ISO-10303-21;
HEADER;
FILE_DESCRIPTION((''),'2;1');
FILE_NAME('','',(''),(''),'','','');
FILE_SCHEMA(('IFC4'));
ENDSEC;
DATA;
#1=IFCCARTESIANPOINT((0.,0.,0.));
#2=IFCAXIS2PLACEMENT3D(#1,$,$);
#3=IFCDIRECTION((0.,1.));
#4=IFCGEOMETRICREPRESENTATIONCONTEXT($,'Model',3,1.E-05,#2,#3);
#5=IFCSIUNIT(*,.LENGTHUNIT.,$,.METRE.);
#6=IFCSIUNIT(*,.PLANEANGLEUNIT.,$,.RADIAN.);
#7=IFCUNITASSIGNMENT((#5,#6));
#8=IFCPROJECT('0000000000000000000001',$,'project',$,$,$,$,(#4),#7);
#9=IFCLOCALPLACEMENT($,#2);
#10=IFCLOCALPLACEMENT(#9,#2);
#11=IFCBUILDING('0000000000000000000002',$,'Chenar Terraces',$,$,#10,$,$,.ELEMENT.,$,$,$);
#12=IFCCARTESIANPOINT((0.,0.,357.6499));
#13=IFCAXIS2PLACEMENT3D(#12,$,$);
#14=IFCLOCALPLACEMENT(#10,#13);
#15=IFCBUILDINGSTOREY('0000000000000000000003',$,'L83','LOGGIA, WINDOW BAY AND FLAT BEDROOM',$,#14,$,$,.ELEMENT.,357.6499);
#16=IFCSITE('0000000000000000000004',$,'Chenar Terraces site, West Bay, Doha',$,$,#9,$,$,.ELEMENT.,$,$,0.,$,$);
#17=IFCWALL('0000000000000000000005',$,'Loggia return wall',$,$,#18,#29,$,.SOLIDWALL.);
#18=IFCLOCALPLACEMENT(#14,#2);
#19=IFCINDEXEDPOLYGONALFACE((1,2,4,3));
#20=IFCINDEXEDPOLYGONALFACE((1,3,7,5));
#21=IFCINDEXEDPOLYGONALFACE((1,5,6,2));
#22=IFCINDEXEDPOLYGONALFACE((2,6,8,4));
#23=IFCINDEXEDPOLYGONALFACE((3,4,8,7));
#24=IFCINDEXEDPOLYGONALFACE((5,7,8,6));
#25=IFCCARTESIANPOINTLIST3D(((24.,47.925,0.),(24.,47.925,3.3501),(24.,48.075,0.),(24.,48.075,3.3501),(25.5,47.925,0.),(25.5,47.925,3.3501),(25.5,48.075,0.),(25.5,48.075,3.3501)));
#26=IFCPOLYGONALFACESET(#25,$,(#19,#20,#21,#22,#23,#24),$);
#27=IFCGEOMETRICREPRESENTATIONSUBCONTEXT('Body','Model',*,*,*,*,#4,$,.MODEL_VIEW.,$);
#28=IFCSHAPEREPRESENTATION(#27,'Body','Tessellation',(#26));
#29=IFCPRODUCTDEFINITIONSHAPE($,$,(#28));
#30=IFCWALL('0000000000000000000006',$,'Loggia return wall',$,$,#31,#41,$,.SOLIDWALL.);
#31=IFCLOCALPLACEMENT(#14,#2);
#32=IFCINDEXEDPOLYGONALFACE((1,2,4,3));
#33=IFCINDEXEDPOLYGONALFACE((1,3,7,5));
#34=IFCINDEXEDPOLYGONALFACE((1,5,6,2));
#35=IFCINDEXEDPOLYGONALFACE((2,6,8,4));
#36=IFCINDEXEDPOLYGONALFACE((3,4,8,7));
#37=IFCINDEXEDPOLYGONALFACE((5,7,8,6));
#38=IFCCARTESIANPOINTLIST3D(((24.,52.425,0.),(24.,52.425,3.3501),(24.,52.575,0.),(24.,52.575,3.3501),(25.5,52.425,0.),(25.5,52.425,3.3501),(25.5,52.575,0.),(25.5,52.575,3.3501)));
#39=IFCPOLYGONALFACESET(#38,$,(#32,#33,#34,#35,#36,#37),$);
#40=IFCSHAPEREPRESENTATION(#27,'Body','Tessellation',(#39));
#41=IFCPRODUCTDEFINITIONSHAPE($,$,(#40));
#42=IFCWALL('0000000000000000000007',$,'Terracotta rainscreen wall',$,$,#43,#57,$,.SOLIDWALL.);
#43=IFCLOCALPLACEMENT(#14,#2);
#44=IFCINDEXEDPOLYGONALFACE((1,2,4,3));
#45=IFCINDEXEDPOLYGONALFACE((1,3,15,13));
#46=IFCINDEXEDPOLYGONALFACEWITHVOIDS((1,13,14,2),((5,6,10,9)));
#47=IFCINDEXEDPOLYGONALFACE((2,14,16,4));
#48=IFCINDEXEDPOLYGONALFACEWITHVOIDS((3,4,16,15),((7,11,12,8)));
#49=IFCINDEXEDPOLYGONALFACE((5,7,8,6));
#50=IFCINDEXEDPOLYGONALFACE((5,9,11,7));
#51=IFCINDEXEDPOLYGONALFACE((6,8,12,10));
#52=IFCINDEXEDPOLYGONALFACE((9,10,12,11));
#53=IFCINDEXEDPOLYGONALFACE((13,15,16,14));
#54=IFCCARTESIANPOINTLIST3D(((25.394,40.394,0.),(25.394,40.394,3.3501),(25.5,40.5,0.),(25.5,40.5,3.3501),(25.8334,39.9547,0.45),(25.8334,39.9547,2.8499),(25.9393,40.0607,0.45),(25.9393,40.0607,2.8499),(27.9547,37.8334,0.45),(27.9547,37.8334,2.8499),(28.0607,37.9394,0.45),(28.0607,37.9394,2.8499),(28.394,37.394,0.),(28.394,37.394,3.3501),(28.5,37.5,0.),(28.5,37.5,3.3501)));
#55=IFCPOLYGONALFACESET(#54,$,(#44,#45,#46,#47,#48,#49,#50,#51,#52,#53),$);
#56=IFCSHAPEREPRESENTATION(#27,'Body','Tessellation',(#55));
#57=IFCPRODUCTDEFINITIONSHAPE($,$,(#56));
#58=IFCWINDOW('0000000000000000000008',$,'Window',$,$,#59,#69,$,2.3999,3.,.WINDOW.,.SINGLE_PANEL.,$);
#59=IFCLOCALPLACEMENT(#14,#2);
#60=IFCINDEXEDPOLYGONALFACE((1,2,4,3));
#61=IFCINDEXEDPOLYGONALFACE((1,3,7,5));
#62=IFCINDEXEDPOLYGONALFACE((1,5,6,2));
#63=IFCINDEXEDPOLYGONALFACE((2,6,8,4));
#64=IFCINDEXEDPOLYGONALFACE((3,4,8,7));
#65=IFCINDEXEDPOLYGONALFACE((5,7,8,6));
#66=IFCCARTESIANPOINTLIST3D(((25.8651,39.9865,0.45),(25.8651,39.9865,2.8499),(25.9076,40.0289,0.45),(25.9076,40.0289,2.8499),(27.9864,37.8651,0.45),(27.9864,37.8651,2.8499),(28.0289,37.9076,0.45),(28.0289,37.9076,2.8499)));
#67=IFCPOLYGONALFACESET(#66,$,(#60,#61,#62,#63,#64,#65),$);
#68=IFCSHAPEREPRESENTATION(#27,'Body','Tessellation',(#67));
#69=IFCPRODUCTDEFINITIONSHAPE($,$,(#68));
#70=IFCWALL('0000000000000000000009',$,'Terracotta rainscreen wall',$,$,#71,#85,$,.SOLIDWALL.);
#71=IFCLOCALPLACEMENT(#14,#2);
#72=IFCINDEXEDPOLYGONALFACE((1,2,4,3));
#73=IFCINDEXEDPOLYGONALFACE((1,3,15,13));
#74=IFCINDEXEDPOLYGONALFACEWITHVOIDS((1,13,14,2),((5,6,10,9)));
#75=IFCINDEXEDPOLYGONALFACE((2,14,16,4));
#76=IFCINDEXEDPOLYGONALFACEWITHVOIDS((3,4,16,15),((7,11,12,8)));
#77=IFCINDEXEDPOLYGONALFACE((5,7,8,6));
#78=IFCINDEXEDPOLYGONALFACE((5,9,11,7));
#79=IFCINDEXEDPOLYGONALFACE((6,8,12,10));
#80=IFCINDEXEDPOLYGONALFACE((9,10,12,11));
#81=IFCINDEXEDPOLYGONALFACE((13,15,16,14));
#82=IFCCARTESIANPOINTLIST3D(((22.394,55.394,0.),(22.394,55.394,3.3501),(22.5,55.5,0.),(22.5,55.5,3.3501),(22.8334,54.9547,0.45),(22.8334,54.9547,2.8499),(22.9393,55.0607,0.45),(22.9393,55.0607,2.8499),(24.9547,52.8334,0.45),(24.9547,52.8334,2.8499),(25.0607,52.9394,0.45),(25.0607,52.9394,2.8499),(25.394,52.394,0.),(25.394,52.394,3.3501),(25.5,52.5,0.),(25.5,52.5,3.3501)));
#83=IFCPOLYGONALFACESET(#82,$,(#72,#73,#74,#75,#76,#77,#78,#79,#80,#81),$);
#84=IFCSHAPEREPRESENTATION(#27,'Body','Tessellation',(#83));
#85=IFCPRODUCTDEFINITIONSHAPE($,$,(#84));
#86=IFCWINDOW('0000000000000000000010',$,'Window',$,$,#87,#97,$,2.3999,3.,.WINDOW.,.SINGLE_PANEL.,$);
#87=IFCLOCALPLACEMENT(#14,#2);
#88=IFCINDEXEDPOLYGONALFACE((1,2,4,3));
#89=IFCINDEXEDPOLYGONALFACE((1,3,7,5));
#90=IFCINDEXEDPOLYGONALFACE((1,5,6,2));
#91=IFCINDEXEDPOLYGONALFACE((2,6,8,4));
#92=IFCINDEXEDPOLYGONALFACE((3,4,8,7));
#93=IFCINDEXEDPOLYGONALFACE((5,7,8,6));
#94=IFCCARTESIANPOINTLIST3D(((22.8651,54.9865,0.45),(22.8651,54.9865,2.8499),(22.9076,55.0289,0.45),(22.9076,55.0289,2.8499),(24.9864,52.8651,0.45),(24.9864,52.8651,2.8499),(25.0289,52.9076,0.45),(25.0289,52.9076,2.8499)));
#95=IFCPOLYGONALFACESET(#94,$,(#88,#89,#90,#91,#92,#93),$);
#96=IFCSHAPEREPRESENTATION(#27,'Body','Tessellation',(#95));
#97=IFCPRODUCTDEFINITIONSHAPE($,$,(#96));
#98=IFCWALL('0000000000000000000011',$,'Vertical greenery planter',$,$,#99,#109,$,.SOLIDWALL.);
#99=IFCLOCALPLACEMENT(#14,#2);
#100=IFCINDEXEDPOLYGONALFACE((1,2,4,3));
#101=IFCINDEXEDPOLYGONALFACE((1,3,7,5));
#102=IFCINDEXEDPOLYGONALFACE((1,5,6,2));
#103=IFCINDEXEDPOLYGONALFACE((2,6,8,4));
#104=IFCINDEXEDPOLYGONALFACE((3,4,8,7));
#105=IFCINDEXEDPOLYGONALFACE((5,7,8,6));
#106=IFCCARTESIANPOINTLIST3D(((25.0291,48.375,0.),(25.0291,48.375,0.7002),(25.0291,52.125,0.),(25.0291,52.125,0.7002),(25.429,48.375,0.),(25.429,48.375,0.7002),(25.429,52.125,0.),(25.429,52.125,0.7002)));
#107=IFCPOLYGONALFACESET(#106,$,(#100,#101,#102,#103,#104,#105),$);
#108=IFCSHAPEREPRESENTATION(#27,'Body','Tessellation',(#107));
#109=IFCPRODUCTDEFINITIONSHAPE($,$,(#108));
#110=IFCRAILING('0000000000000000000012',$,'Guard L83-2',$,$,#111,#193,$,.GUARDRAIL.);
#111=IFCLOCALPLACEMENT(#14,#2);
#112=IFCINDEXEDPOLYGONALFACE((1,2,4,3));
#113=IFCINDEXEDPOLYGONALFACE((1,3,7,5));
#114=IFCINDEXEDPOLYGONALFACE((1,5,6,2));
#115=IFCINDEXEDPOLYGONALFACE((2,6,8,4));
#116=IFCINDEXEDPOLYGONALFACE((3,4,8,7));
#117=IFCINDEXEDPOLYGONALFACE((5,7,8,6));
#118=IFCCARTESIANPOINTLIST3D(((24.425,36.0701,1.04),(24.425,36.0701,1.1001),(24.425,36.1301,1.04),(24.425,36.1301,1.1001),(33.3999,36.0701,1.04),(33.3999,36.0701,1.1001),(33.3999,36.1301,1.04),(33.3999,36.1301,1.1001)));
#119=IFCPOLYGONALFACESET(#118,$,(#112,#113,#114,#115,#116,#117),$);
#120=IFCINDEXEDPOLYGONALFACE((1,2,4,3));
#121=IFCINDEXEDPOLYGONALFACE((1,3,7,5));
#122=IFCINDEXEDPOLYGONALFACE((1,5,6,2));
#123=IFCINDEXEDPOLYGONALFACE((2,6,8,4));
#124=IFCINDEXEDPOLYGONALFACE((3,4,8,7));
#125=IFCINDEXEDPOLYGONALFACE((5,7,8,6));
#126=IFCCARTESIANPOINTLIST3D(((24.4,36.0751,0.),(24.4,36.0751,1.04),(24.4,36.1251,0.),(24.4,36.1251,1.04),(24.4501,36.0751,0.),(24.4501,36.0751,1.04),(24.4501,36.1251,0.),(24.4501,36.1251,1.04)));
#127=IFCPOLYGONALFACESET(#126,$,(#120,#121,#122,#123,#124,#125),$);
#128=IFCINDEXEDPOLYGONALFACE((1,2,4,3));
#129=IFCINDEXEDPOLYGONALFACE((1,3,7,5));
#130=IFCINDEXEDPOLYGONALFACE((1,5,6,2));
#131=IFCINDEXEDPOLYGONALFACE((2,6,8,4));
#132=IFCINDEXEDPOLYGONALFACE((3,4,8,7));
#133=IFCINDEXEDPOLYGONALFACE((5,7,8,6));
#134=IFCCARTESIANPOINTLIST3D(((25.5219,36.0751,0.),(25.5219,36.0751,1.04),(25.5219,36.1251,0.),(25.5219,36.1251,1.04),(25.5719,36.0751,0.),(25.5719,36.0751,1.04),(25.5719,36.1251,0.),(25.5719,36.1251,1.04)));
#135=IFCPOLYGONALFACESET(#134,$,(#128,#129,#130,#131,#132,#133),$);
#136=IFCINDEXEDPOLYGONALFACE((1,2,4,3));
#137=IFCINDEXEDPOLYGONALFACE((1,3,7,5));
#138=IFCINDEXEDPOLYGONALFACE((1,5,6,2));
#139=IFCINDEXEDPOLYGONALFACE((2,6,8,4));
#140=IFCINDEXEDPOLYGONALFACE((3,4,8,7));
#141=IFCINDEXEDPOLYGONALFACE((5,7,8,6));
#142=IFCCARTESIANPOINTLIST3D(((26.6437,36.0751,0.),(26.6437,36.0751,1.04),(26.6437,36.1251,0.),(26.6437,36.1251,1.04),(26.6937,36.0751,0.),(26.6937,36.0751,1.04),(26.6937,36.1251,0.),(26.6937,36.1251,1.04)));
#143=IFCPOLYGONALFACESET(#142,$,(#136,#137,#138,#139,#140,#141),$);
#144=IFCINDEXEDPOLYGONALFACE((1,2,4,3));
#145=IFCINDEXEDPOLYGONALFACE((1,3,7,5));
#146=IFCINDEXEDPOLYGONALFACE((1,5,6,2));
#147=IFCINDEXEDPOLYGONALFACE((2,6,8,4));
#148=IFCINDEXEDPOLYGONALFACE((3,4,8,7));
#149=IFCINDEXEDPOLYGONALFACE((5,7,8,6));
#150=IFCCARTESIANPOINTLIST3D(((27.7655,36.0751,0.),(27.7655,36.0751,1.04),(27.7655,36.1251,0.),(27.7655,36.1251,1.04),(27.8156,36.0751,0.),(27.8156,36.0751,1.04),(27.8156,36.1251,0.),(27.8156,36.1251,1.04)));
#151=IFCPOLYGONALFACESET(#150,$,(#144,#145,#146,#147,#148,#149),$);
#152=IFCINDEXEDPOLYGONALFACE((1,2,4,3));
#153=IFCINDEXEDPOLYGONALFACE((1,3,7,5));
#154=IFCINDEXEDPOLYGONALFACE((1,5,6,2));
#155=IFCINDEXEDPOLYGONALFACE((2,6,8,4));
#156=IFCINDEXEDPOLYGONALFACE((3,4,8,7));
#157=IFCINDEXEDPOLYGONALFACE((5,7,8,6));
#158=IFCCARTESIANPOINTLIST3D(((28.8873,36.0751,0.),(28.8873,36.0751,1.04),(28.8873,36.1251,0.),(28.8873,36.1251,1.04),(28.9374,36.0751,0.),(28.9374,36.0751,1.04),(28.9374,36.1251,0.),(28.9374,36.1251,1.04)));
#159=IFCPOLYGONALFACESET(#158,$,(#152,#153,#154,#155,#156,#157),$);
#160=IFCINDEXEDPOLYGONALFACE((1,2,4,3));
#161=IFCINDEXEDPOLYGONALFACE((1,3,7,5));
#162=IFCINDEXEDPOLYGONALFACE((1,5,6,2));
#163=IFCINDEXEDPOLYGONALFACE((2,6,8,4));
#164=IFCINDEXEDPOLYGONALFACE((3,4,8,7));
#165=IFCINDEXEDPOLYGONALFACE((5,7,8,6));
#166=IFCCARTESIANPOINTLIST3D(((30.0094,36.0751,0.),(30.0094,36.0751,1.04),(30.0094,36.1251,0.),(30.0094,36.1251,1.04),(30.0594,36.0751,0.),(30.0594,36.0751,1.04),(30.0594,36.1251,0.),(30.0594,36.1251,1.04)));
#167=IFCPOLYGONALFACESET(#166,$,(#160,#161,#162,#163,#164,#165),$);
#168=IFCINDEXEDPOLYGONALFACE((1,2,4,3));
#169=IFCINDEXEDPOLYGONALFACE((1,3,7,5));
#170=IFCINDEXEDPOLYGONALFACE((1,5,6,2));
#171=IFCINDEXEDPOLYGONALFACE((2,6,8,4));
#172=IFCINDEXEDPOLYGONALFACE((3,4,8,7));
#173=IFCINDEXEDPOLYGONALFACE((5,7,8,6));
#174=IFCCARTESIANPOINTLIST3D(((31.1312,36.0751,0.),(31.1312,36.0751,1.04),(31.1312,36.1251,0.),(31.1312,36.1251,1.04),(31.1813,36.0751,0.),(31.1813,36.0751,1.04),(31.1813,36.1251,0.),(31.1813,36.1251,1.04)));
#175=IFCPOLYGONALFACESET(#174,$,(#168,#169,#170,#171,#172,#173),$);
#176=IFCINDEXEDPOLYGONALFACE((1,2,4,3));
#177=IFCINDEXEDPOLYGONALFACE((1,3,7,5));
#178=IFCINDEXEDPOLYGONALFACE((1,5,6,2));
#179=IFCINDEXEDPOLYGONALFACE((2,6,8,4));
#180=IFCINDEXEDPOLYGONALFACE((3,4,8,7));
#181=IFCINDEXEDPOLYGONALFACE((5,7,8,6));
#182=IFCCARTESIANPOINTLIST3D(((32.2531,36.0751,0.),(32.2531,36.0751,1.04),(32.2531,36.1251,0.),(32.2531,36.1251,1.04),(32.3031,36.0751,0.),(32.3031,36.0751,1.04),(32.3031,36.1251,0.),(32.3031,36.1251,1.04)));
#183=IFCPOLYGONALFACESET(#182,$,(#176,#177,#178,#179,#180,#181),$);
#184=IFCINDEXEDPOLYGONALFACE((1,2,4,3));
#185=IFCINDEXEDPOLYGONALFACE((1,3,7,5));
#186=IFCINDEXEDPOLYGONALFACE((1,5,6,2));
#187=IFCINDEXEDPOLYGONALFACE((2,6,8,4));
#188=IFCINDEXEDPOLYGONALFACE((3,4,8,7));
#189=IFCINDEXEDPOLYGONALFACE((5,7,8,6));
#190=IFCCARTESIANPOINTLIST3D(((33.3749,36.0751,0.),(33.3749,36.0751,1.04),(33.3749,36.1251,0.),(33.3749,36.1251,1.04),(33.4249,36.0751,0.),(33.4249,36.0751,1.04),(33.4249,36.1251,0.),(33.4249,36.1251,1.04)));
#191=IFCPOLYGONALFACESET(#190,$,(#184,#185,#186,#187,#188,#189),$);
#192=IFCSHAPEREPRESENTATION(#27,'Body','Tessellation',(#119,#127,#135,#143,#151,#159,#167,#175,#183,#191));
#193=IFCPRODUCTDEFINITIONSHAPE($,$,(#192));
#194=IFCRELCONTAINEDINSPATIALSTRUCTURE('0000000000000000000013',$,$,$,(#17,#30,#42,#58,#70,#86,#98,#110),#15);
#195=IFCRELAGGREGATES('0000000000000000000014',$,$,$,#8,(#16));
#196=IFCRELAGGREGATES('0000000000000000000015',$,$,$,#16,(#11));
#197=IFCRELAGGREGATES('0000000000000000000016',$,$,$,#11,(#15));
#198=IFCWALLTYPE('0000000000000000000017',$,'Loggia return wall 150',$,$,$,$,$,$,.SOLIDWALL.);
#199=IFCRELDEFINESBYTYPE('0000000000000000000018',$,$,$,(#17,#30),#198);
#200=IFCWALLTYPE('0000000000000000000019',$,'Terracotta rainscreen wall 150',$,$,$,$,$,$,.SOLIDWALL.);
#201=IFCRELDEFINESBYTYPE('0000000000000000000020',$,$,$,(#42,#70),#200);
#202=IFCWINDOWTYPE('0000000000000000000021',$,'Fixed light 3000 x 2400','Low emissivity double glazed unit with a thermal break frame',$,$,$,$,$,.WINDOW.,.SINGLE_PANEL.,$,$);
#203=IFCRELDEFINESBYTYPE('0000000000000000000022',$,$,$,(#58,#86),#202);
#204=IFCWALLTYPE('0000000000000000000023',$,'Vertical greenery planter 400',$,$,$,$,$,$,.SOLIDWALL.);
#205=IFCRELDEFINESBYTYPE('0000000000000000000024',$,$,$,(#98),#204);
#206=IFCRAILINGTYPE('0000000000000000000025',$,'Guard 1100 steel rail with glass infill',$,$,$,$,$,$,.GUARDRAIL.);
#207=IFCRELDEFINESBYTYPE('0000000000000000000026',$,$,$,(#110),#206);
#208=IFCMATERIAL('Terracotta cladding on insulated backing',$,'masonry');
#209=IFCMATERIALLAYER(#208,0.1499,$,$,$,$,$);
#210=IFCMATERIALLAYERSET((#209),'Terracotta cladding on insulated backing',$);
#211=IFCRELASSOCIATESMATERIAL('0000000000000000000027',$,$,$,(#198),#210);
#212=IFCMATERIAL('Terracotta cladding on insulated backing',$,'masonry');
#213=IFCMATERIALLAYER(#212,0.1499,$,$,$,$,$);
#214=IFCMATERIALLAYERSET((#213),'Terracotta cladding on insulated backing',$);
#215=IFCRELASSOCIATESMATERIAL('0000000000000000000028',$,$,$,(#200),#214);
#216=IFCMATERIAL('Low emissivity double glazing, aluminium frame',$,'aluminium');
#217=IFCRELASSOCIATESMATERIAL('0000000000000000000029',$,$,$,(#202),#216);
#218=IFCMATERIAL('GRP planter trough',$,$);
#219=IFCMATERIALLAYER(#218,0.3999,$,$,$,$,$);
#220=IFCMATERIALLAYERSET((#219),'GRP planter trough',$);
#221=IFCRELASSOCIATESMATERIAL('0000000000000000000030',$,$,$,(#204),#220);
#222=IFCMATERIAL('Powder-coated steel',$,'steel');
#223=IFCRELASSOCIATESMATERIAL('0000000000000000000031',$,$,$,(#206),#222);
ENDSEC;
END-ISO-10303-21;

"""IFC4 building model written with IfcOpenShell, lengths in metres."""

from ifc_helpers import new_model, si_unit, direction, frame, frame_2d, origin, origin_2d, place, context, subcontext, project, spatial, rectangle, extrude, material, layer, layer_set, type_object, element, fill, save


model = new_model("IFC4")

# Units and contexts
model_context = context("Model", 3, precision=1e-05, world=origin(), true_north=direction((0.0, 1.0)))
body_context = subcontext(model_context, "Body", "Model", "MODEL_VIEW")
ifc_project = project(units=[si_unit("LENGTHUNIT", "METRE"), si_unit("PLANEANGLEUNIT", "RADIAN")], contexts=[model_context])

# Site, building, storey
site_placement = place(None, origin())
site = spatial("IfcSite", under=ifc_project, at=site_placement, Name="Chenar Terraces site, West Bay, Doha", CompositionType="ELEMENT", RefElevation=0.0)
building_placement = place(site_placement, origin())
building = spatial("IfcBuilding", under=site, at=building_placement, Name="Chenar Terraces", CompositionType="ELEMENT")
storey_placement = place(building_placement, frame((0.0, 0.0, 357.6499)))
storey = spatial("IfcBuildingStorey", under=building, at=storey_placement, Name="L83", Description="LOGGIA, WINDOW BAY AND FLAT BEDROOM", CompositionType="ELEMENT", Elevation=357.6499)

# Walls
ifc_material_1 = material(Name="Terracotta cladding on insulated backing", Category="masonry")
ifc_layer_1 = layer(ifc_material_1, 0.1499)
ifc_layer_set_1 = layer_set([ifc_layer_1], Name="Terracotta cladding on insulated backing")
wall_type_1 = type_object("IfcWallType", Name="Loggia return wall 150", PredefinedType="SOLIDWALL", material=ifc_layer_set_1)
for number, where, z_axis, x_axis, name in (
    (1, (25.5, 48.0, 0.0), (0.0, 0.0, 1.0), (-1.0, 0.0, 0.0), "Loggia return wall"),
    (2, (25.5, 52.5, 0.0), (0.0, 0.0, 1.0), (-1.0, 0.0, 0.0), "Loggia return wall"),
):
    element("IfcWall", number, at=place(storey_placement, frame(where, z_axis=z_axis, x_axis=x_axis)), inside=storey, type_object=wall_type_1, Name=name, PredefinedType="SOLIDWALL", context=body_context, shape_type="SweptSolid", body=[
        extrude(rectangle(XDim=1.5, YDim=0.1499, at=frame_2d((0.75, 0.0))), origin(), (0.0, 0.0, 1.0), 3.3501),
    ])

# Walls, openings, windows
ifc_material_2 = material(Name="Terracotta cladding on insulated backing", Category="masonry")
ifc_layer_2 = layer(ifc_material_2, 0.1499)
ifc_layer_set_2 = layer_set([ifc_layer_2], Name="Terracotta cladding on insulated backing")
wall_type_2 = type_object("IfcWallType", Name="Terracotta rainscreen wall 150", PredefinedType="SOLIDWALL", material=ifc_layer_set_2)
wall_1_placement = place(storey_placement, frame((28.447, 37.447, 0.0), z_axis=(0.0, 0.0, 1.0), x_axis=(-0.707107, 0.707107, 0.0)))
wall_1 = element("IfcWall", 3, at=wall_1_placement, inside=storey, type_object=wall_type_2, Name="Terracotta rainscreen wall", PredefinedType="SOLIDWALL", context=body_context, shape_type="SweptSolid", body=[
    extrude(rectangle(XDim=4.2427, YDim=0.1499, at=frame_2d((2.1213, 0.0))), origin(), (0.0, 0.0, 1.0), 3.3501),
])
opening_1_placement = place(wall_1_placement, frame((0.6213, 0.0, 0.45)))
opening_1 = element("IfcOpeningElement", 4, at=opening_1_placement, cuts=wall_1, PredefinedType="OPENING", context=body_context, shape_type="SweptSolid", body=[
    extrude(rectangle(XDim=3.0, YDim=2.3999, at=frame_2d((1.5, 1.2))), frame((0.0, 0.085, 0.0), z_axis=(0.0, -1.0, 0.0), x_axis=(1.0, 0.0, 0.0)), (0.0, 0.0, 1.0), 0.1699),
])
ifc_material_3 = material(Name="Low emissivity double glazing, aluminium frame", Category="aluminium")
window_type_1 = type_object("IfcWindowType", Name="Fixed light 3000 x 2400", Description="Low emissivity double glazed unit with a thermal break frame", PartitioningType="SINGLE_PANEL", PredefinedType="WINDOW", material=ifc_material_3)
window_1_placement = place(opening_1_placement, origin())
window_1 = element("IfcWindow", 5, at=window_1_placement, inside=storey, type_object=window_type_1, Name="Window", OverallHeight=2.3999, OverallWidth=3.0, PartitioningType="SINGLE_PANEL", PredefinedType="WINDOW", context=body_context, shape_type="SweptSolid", body=[
    extrude(rectangle(XDim=3.0, YDim=2.3999, at=frame_2d((1.5, 1.2))), frame((0.0, 0.03, 0.0), z_axis=(0.0, -1.0, 0.0), x_axis=(1.0, 0.0, 0.0)), (0.0, 0.0, 1.0), 0.0601),
])
fill(opening_1, window_1)
wall_2_placement = place(storey_placement, frame((25.447, 52.447, 0.0), z_axis=(0.0, 0.0, 1.0), x_axis=(-0.707107, 0.707107, 0.0)))
wall_2 = element("IfcWall", 6, at=wall_2_placement, inside=storey, type_object=wall_type_2, Name="Terracotta rainscreen wall", PredefinedType="SOLIDWALL", context=body_context, shape_type="SweptSolid", body=[
    extrude(rectangle(XDim=4.2427, YDim=0.1499, at=frame_2d((2.1213, 0.0))), origin(), (0.0, 0.0, 1.0), 3.3501),
])
opening_2_placement = place(wall_2_placement, frame((0.6213, 0.0, 0.45)))
opening_2 = element("IfcOpeningElement", 7, at=opening_2_placement, cuts=wall_2, PredefinedType="OPENING", context=body_context, shape_type="SweptSolid", body=[
    extrude(rectangle(XDim=3.0, YDim=2.3999, at=frame_2d((1.5, 1.2))), frame((0.0, 0.085, 0.0), z_axis=(0.0, -1.0, 0.0), x_axis=(1.0, 0.0, 0.0)), (0.0, 0.0, 1.0), 0.1699),
])
window_2_placement = place(opening_2_placement, origin())
window_2 = element("IfcWindow", 8, at=window_2_placement, inside=storey, type_object=window_type_1, Name="Window", OverallHeight=2.3999, OverallWidth=3.0, PartitioningType="SINGLE_PANEL", PredefinedType="WINDOW", context=body_context, shape_type="SweptSolid", body=[
    extrude(rectangle(XDim=3.0, YDim=2.3999, at=frame_2d((1.5, 1.2))), frame((0.0, 0.03, 0.0), z_axis=(0.0, -1.0, 0.0), x_axis=(1.0, 0.0, 0.0)), (0.0, 0.0, 1.0), 0.0601),
])
fill(opening_2, window_2)

# Wall
ifc_material_4 = material(Name="GRP planter trough")
ifc_layer_3 = layer(ifc_material_4, 0.3999)
ifc_layer_set_3 = layer_set([ifc_layer_3], Name="GRP planter trough")
wall_type_3 = type_object("IfcWallType", Name="Vertical greenery planter 400", PredefinedType="SOLIDWALL", material=ifc_layer_set_3)
wall_3_placement = place(storey_placement, frame((25.229, 48.375, 0.0), z_axis=(0.0, 0.0, 1.0), x_axis=(0.0, 1.0, 0.0)))
element("IfcWall", 9, at=wall_3_placement, inside=storey, type_object=wall_type_3, Name="Vertical greenery planter", PredefinedType="SOLIDWALL", context=body_context, shape_type="SweptSolid", body=[
    extrude(rectangle(XDim=3.75, YDim=0.3999, at=frame_2d((1.875, 0.0))), origin(), (0.0, 0.0, 1.0), 0.7002),
])

# Railing
ifc_material_5 = material(Name="Powder-coated steel", Category="steel")
railing_type_1 = type_object("IfcRailingType", Name="Guard 1100 steel rail with glass infill", PredefinedType="GUARDRAIL", material=ifc_material_5)
railing_1_placement = place(storey_placement, frame((24.425, 36.1001, 0.0)))
element("IfcRailing", 10, at=railing_1_placement, inside=storey, type_object=railing_type_1, Name="Guard L83-2", PredefinedType="GUARDRAIL", context=body_context, shape_type="SweptSolid", body=[
    extrude(rectangle(XDim=0.0601, YDim=0.0601, at=origin_2d()), frame((0.0, 0.0, 1.0701), z_axis=(1.0, 0.0, 0.0), x_axis=(0.0, 1.0, 0.0)), (0.0, 0.0, 1.0), 8.9749),
    extrude(rectangle(XDim=0.05, YDim=0.05, at=origin_2d()), origin(), (0.0, 0.0, 1.0), 1.04),
    extrude(rectangle(XDim=0.05, YDim=0.05, at=origin_2d()), frame((1.1218, 0.0, 0.0)), (0.0, 0.0, 1.0), 1.04),
    extrude(rectangle(XDim=0.05, YDim=0.05, at=origin_2d()), frame((2.2437, 0.0, 0.0)), (0.0, 0.0, 1.0), 1.04),
    extrude(rectangle(XDim=0.05, YDim=0.05, at=origin_2d()), frame((3.3655, 0.0, 0.0)), (0.0, 0.0, 1.0), 1.04),
    extrude(rectangle(XDim=0.05, YDim=0.05, at=origin_2d()), frame((4.4873, 0.0, 0.0)), (0.0, 0.0, 1.0), 1.04),
    extrude(rectangle(XDim=0.05, YDim=0.05, at=origin_2d()), frame((5.6094, 0.0, 0.0)), (0.0, 0.0, 1.0), 1.04),
    extrude(rectangle(XDim=0.05, YDim=0.05, at=origin_2d()), frame((6.7312, 0.0, 0.0)), (0.0, 0.0, 1.0), 1.04),
    extrude(rectangle(XDim=0.05, YDim=0.05, at=origin_2d()), frame((7.853, 0.0, 0.0)), (0.0, 0.0, 1.0), 1.04),
    extrude(rectangle(XDim=0.05, YDim=0.05, at=origin_2d()), frame((8.9749, 0.0, 0.0)), (0.0, 0.0, 1.0), 1.04),
])

save(model, "model.ifc")
